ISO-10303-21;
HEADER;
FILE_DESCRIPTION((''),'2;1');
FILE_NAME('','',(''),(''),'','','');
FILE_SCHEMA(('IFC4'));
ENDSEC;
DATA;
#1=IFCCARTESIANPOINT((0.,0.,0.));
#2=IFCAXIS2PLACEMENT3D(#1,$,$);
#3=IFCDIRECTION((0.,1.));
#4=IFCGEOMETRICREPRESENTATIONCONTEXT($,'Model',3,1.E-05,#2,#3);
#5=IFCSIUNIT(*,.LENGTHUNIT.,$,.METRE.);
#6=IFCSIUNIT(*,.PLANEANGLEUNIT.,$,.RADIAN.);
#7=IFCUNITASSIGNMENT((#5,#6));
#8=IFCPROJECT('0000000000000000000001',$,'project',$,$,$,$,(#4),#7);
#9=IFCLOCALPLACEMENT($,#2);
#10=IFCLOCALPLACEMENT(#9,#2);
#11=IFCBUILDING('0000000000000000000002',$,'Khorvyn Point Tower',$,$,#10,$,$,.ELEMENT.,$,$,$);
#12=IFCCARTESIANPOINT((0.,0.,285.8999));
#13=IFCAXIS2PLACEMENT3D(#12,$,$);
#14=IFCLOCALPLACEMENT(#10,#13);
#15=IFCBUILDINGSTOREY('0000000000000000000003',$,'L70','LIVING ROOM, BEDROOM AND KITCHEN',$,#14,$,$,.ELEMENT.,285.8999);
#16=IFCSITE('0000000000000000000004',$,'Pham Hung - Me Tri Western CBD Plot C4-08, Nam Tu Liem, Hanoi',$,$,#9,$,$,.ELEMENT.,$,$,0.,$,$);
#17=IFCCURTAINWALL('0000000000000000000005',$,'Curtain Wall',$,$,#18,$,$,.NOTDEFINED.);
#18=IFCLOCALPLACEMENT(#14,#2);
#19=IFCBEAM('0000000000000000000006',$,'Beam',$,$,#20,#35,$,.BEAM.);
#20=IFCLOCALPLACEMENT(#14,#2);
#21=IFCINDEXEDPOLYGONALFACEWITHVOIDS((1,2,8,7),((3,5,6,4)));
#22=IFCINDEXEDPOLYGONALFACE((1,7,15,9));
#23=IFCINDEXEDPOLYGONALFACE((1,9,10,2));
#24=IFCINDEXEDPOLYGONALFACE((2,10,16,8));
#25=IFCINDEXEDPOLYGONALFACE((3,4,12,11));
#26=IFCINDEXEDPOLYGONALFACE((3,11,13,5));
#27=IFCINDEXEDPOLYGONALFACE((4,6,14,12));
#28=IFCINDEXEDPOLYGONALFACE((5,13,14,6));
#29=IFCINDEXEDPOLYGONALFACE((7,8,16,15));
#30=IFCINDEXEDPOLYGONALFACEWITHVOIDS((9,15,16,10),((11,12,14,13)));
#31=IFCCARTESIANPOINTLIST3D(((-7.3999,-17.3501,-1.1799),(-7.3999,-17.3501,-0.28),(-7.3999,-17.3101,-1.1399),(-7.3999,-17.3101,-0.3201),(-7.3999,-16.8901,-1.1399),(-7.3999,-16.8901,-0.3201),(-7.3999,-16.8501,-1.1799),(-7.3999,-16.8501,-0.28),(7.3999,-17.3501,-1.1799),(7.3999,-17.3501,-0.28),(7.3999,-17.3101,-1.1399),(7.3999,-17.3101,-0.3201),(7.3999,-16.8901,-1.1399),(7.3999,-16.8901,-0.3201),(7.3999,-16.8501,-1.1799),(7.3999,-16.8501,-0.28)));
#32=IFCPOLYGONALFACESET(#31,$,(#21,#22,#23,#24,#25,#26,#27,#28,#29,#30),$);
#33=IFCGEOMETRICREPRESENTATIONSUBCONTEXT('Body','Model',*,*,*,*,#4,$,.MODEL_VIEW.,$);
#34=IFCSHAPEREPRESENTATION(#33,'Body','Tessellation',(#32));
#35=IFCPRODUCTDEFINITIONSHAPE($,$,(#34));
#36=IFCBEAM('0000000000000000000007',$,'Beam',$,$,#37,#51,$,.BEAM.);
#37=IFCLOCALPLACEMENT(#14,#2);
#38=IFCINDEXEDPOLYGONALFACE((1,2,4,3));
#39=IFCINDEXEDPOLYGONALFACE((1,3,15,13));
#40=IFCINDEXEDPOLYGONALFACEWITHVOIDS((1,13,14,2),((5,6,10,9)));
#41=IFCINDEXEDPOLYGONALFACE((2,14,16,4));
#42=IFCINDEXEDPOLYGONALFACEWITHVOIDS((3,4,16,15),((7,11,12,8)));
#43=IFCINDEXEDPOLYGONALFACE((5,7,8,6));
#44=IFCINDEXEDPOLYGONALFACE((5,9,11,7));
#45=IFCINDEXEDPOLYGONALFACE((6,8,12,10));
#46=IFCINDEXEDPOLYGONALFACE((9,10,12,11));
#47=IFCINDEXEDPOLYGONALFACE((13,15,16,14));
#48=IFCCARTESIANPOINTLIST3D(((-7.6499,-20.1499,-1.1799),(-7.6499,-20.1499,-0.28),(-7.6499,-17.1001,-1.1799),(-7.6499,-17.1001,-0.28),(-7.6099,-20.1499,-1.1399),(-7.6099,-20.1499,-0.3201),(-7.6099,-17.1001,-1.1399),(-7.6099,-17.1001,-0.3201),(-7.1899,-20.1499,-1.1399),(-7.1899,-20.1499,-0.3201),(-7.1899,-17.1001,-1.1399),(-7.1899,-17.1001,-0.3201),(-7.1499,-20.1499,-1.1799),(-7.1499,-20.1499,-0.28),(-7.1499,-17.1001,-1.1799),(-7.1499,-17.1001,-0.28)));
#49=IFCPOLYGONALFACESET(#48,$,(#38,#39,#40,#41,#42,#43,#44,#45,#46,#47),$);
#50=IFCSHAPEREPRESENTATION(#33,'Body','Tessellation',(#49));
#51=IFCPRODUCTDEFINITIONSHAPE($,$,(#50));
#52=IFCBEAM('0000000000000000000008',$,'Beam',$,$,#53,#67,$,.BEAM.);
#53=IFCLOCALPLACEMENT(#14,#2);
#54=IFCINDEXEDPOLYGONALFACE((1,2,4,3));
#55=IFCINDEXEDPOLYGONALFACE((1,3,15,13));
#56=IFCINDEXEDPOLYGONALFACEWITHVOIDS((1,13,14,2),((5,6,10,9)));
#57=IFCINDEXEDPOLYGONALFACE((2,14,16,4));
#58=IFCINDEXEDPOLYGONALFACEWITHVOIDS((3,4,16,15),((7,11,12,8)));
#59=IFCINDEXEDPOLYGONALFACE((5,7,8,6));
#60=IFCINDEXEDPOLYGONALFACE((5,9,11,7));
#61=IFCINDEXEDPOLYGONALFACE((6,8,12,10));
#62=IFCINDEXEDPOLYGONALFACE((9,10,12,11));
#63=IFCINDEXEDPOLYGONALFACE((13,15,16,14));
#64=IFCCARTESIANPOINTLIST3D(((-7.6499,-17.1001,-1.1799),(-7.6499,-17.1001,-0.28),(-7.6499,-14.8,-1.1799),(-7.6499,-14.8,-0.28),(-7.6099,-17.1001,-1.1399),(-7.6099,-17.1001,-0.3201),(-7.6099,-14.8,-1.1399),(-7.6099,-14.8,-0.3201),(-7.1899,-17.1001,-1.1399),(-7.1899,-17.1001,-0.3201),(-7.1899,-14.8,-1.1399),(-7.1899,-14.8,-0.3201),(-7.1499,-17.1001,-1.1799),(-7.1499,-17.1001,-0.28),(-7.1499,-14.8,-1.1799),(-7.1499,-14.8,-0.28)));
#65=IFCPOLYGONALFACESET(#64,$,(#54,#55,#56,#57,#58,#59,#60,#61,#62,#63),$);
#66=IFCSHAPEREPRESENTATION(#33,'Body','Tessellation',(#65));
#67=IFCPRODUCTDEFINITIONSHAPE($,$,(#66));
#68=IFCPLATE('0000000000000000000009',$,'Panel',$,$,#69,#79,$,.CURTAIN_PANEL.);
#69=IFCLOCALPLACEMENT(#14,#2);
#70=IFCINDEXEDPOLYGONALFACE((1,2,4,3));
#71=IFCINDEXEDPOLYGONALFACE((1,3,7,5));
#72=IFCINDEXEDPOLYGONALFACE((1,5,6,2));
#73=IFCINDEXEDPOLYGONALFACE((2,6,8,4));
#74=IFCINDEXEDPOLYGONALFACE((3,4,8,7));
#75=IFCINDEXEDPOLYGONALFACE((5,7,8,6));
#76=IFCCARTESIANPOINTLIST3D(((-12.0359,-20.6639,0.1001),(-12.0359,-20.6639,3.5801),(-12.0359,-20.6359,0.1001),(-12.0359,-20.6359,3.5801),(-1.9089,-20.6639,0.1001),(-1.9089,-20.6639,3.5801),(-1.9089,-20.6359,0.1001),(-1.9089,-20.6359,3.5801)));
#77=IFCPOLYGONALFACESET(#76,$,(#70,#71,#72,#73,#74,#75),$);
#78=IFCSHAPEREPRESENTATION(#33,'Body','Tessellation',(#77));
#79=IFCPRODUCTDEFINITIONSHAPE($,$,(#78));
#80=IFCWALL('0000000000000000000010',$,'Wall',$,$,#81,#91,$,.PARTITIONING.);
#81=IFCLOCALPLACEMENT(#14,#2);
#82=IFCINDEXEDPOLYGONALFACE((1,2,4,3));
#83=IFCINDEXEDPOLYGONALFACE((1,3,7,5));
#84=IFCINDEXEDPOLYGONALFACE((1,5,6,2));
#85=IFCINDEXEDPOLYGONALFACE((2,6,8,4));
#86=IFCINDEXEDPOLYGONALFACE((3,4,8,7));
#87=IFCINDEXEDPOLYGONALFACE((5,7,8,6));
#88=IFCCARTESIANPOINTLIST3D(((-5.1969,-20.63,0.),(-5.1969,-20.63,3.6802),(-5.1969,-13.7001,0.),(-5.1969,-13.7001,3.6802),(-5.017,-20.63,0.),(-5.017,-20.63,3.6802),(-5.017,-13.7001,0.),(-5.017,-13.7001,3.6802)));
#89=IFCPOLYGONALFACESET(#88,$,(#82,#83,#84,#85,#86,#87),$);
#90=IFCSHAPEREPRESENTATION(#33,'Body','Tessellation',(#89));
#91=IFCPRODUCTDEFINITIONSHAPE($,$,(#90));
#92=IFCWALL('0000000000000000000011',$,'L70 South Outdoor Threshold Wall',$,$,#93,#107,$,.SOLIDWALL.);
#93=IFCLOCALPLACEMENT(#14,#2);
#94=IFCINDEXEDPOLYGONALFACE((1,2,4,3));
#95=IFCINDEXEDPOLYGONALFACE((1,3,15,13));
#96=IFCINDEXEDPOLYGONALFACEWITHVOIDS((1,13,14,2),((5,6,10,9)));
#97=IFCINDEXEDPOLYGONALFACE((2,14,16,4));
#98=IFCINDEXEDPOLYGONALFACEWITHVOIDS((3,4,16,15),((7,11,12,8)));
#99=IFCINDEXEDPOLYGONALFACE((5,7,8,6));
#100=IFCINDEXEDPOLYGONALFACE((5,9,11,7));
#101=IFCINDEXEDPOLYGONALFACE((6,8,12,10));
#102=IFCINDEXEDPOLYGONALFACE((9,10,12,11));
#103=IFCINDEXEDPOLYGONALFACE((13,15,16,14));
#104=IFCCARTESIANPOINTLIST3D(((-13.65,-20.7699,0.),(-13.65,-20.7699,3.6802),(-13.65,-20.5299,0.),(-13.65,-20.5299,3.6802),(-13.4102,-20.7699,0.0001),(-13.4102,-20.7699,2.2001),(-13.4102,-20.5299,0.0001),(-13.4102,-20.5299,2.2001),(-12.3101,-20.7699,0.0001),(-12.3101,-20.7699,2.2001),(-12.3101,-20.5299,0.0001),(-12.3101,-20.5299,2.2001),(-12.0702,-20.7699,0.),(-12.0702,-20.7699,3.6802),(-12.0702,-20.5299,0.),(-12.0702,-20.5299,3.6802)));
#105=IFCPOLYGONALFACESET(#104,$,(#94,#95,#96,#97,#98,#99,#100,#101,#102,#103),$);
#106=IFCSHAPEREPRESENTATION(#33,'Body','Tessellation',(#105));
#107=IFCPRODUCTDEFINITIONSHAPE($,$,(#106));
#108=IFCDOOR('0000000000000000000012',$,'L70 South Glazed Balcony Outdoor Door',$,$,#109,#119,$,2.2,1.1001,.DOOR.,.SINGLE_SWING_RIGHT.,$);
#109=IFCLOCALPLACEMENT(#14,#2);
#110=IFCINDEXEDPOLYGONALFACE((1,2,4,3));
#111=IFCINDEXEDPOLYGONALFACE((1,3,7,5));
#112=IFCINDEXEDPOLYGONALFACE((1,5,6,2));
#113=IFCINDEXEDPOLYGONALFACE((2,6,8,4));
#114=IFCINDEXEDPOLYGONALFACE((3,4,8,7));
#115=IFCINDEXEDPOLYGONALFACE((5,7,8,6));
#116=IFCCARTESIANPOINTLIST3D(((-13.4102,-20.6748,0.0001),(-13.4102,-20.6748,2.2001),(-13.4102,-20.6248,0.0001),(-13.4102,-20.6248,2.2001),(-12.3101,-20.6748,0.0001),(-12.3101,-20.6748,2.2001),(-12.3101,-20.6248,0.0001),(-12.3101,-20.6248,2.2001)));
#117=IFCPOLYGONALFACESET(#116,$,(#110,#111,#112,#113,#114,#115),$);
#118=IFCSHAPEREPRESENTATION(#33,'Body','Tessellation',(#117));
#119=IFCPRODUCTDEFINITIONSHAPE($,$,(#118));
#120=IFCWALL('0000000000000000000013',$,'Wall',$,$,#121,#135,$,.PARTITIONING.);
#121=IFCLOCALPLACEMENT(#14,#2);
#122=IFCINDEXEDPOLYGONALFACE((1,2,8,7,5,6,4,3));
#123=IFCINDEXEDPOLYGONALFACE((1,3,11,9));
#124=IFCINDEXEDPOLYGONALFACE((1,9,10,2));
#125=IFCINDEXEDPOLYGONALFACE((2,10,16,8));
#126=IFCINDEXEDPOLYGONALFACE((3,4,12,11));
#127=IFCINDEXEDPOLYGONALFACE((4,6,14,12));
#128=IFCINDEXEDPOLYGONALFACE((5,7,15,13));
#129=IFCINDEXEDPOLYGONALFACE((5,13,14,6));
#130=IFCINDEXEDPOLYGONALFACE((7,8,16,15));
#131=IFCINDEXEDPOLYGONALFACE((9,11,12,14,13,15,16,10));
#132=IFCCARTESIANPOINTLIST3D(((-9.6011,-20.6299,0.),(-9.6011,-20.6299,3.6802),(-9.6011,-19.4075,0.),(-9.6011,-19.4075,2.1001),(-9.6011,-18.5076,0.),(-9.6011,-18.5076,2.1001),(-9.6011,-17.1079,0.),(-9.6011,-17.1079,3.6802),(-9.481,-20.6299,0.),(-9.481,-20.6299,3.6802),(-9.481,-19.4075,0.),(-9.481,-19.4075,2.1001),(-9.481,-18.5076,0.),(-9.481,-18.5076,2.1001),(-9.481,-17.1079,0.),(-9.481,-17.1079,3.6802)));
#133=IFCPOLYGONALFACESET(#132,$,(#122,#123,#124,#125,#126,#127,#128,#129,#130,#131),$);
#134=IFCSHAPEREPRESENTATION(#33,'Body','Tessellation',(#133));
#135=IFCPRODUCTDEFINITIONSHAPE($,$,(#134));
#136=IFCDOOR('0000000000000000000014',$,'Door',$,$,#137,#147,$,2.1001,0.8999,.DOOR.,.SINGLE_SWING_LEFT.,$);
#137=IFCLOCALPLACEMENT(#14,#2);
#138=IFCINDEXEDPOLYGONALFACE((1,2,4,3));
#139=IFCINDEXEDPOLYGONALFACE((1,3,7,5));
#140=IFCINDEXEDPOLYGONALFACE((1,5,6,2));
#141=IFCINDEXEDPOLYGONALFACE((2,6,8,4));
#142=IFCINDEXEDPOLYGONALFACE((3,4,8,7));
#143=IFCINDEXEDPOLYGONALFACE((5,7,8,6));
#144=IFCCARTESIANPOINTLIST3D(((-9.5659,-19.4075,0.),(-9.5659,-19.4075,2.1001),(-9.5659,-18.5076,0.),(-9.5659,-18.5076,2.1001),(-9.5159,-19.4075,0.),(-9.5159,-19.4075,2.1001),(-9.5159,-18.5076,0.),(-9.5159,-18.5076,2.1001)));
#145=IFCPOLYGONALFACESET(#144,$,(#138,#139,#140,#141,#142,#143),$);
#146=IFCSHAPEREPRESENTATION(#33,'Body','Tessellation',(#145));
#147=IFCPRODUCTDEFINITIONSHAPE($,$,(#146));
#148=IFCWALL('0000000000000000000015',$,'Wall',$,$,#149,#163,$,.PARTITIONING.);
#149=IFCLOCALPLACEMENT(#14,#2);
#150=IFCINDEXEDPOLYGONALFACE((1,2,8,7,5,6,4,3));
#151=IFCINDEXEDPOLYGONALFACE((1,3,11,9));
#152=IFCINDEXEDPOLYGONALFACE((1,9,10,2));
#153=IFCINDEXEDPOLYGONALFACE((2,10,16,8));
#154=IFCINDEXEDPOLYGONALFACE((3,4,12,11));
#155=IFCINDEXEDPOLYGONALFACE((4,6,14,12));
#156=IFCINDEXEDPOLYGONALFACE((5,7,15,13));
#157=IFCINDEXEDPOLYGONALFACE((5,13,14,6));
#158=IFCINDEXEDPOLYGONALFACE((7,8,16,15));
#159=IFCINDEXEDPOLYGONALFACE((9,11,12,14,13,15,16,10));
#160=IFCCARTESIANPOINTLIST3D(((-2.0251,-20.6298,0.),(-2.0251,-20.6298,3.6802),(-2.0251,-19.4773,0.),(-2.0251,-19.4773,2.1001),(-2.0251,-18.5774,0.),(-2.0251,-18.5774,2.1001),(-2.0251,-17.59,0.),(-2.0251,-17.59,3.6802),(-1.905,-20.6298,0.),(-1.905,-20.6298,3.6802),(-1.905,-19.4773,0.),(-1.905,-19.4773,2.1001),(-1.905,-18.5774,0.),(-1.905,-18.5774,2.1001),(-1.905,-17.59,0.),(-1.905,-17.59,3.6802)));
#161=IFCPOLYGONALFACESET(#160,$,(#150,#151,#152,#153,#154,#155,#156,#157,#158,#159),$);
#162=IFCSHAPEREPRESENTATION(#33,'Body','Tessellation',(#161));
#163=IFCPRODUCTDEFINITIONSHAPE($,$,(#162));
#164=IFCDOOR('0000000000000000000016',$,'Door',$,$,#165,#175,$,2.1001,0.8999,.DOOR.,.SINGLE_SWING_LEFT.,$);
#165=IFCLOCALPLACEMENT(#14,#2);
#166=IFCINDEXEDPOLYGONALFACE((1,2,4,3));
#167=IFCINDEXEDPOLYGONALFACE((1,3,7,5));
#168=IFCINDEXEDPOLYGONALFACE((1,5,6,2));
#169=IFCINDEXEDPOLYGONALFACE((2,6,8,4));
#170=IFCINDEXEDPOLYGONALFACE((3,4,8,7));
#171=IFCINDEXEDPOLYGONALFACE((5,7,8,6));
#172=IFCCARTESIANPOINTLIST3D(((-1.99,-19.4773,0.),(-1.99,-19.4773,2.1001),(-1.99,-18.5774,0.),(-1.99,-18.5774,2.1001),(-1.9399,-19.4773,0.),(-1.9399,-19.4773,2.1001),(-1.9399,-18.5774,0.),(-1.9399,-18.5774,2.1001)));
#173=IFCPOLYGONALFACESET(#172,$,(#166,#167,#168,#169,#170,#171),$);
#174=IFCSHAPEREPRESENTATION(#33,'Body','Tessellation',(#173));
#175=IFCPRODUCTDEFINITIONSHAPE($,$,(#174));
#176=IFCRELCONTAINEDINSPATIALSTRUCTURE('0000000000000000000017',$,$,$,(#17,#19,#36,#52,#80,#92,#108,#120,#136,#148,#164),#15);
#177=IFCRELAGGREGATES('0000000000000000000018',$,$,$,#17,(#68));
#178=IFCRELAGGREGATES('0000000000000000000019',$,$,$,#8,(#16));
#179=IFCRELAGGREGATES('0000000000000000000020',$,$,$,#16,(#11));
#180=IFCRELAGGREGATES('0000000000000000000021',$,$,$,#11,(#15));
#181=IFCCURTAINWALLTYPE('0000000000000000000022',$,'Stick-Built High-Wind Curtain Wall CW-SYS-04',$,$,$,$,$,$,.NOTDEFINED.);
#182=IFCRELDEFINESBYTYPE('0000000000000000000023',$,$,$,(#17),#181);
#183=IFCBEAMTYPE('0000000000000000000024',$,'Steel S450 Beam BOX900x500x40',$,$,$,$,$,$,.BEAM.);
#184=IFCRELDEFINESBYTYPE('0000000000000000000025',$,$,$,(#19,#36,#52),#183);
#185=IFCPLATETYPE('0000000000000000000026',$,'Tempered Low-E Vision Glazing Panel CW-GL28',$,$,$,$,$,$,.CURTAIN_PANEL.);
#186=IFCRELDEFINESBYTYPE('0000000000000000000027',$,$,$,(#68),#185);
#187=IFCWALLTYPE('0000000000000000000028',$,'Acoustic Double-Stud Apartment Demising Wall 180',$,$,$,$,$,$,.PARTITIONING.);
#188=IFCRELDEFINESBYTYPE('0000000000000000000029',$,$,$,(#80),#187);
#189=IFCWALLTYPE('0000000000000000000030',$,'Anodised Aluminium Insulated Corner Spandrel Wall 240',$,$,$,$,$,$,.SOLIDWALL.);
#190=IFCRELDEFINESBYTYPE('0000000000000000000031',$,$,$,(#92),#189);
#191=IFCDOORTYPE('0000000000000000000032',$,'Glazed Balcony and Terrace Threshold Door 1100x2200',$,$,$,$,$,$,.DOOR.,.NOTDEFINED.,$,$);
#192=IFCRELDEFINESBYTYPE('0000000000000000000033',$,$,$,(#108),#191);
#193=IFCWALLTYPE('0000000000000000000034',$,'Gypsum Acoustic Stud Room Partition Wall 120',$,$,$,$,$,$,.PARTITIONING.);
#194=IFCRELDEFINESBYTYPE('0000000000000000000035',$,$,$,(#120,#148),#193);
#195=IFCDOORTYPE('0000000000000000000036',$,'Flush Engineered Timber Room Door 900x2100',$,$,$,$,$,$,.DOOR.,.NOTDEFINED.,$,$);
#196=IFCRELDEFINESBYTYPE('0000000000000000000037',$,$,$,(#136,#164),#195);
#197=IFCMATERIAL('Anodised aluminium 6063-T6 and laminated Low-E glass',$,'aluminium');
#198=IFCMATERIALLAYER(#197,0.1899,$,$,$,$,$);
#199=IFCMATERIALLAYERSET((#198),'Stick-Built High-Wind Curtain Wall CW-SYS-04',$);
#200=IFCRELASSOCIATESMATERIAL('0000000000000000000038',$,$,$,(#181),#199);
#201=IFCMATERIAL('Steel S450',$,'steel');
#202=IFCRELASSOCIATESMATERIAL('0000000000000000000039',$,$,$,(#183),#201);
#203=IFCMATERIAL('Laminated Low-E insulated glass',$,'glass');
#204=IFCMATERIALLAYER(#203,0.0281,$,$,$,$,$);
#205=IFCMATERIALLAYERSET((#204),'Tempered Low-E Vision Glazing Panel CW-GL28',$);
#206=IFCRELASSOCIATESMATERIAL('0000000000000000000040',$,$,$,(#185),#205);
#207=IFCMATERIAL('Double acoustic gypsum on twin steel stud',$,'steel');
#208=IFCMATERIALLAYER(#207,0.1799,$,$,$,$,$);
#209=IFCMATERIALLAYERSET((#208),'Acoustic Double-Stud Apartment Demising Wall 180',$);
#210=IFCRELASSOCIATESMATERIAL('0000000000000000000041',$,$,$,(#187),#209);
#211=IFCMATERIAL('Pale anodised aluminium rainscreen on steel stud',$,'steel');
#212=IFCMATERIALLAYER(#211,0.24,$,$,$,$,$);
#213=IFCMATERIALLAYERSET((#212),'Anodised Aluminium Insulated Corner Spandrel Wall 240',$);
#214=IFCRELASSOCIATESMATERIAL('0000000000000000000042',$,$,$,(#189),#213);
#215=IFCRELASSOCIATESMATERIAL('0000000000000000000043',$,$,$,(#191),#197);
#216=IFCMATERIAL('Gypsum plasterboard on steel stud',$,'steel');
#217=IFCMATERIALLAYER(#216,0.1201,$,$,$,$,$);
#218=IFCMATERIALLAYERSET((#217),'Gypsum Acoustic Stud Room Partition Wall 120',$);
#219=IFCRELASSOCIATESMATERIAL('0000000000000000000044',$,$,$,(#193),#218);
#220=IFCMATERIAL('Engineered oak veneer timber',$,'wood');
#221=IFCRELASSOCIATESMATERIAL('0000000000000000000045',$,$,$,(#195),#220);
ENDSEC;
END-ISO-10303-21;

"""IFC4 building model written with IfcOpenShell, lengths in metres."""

from ifc_helpers import new_model, si_unit, direction, frame, frame_2d, origin, origin_2d, place, context, subcontext, project, spatial, rectangle, hollow_rectangle, extrude, material, layer, layer_set, material_profile, profile_set, type_object, element, fill, aggregate, save


model = new_model("IFC4")

# Units and contexts
model_context = context("Model", 3, precision=1e-05, world=origin(), true_north=direction((0.0, 1.0)))
body_context = subcontext(model_context, "Body", "Model", "MODEL_VIEW")
ifc_project = project(units=[si_unit("LENGTHUNIT", "METRE"), si_unit("PLANEANGLEUNIT", "RADIAN")], contexts=[model_context])

# Site, building, storey
site_placement = place(None, origin())
site = spatial("IfcSite", under=ifc_project, at=site_placement, Name="Pham Hung - Me Tri Western CBD Plot C4-08, Nam Tu Liem, Hanoi", CompositionType="ELEMENT", RefElevation=0.0)
building_placement = place(site_placement, origin())
building = spatial("IfcBuilding", under=site, at=building_placement, Name="Khorvyn Point Tower", CompositionType="ELEMENT")
storey_placement = place(building_placement, frame((0.0, 0.0, 285.8999)))
storey = spatial("IfcBuildingStorey", under=building, at=storey_placement, Name="L70", Description="LIVING ROOM, BEDROOM AND KITCHEN", CompositionType="ELEMENT", Elevation=285.8999)

# Shared definitions
ifc_material_1 = material(Name="Steel S450", Category="steel")

# Curtain wall
ifc_material_2 = material(Name="Anodised aluminium 6063-T6 and laminated Low-E glass", Category="aluminium")
ifc_layer_1 = layer(ifc_material_2, 0.1899)
ifc_layer_set_1 = layer_set([ifc_layer_1], Name="Stick-Built High-Wind Curtain Wall CW-SYS-04")
curtain_wall_type = type_object("IfcCurtainWallType", Name="Stick-Built High-Wind Curtain Wall CW-SYS-04", PredefinedType="NOTDEFINED", material=ifc_layer_set_1)
curtain_wall_1_placement = place(storey_placement, origin())
curtain_wall_1 = element("IfcCurtainWall", 1, at=curtain_wall_1_placement, inside=storey, type_object=curtain_wall_type, Name="Curtain Wall", PredefinedType="NOTDEFINED")

# Beams
ifc_material_profile_1 = material_profile(ifc_material_1, hollow_rectangle(XDim=0.5, YDim=0.8999, WallThickness=0.04, at=origin_2d()))
ifc_profile_set_1 = profile_set([ifc_material_profile_1], Name="Steel S450 BOX900x500x40")
beam_type_1 = type_object("IfcBeamType", Name="Steel S450 Beam BOX900x500x40", PredefinedType="BEAM", material=ifc_profile_set_1)
beam_1_placement = place(storey_placement, frame((-7.3999, -17.1001, -0.73), z_axis=(1.0, 0.0, 0.0), x_axis=(0.0, 1.0, 0.0)))
element("IfcBeam", 2, at=beam_1_placement, inside=storey, type_object=beam_type_1, Name="Beam", PredefinedType="BEAM", context=body_context, shape_type="SweptSolid", body=[
    extrude(hollow_rectangle(XDim=0.5, YDim=0.8999, WallThickness=0.04, at=origin_2d()), origin(), (0.0, 0.0, 1.0), 14.7998),
])
beam_2_placement = place(storey_placement, frame((-7.3999, -20.1499, -0.73), z_axis=(0.0, 1.0, 0.0), x_axis=(-1.0, 0.0, 0.0)))
element("IfcBeam", 3, at=beam_2_placement, inside=storey, type_object=beam_type_1, Name="Beam", PredefinedType="BEAM", context=body_context, shape_type="SweptSolid", body=[
    extrude(hollow_rectangle(XDim=0.5, YDim=0.8999, WallThickness=0.04, at=origin_2d()), origin(), (0.0, 0.0, 1.0), 3.0498),
])
beam_3_placement = place(storey_placement, frame((-7.3999, -17.1001, -0.73), z_axis=(0.0, 1.0, 0.0), x_axis=(-1.0, 0.0, 0.0)))
element("IfcBeam", 4, at=beam_3_placement, inside=storey, type_object=beam_type_1, Name="Beam", PredefinedType="BEAM", context=body_context, shape_type="SweptSolid", body=[
    extrude(hollow_rectangle(XDim=0.5, YDim=0.8999, WallThickness=0.04, at=origin_2d()), origin(), (0.0, 0.0, 1.0), 2.3),
])

# Plate
ifc_material_3 = material(Name="Laminated Low-E insulated glass", Category="glass")
ifc_layer_2 = layer(ifc_material_3, 0.0281)
ifc_layer_set_2 = layer_set([ifc_layer_2], Name="Tempered Low-E Vision Glazing Panel CW-GL28")
plate_type = type_object("IfcPlateType", Name="Tempered Low-E Vision Glazing Panel CW-GL28", PredefinedType="CURTAIN_PANEL", material=ifc_layer_set_2)
plate_placement = place(storey_placement, frame((-6.9724, -20.6499, 0.1001), z_axis=(0.0, 0.0, 1.0), x_axis=(-1.0, 0.0, 0.0)))
plate = element("IfcPlate", 5, at=plate_placement, type_object=plate_type, Name="Panel", PredefinedType="CURTAIN_PANEL", context=body_context, shape_type="SweptSolid", body=[
    extrude(rectangle(XDim=10.127, YDim=0.0281, at=origin_2d()), origin(), (0.0, 0.0, 1.0), 3.48),
])
aggregate(curtain_wall_1, [plate])

# Wall
ifc_material_4 = material(Name="Double acoustic gypsum on twin steel stud", Category="steel")
ifc_layer_3 = layer(ifc_material_4, 0.1799)
ifc_layer_set_3 = layer_set([ifc_layer_3], Name="Acoustic Double-Stud Apartment Demising Wall 180")
wall_type_1 = type_object("IfcWallType", Name="Acoustic Double-Stud Apartment Demising Wall 180", PredefinedType="PARTITIONING", material=ifc_layer_set_3)
wall_1_placement = place(storey_placement, frame((-5.1069, -20.6299, 0.0), z_axis=(0.0, 0.0, 1.0), x_axis=(0.0, 1.0, 0.0)))
element("IfcWall", 6, at=wall_1_placement, inside=storey, type_object=wall_type_1, Name="Wall", PredefinedType="PARTITIONING", context=body_context, shape_type="SweptSolid", body=[
    extrude(rectangle(XDim=6.9299, YDim=0.1799, at=frame_2d((3.4648, 0.0))), origin(), (0.0, 0.0, 1.0), 3.6802),
])

# Walls, openings, doors
ifc_material_5 = material(Name="Pale anodised aluminium rainscreen on steel stud", Category="steel")
ifc_layer_4 = layer(ifc_material_5, 0.24)
ifc_layer_set_4 = layer_set([ifc_layer_4], Name="Anodised Aluminium Insulated Corner Spandrel Wall 240")
wall_type_2 = type_object("IfcWallType", Name="Anodised Aluminium Insulated Corner Spandrel Wall 240", PredefinedType="SOLIDWALL", material=ifc_layer_set_4)
wall_2_placement = place(storey_placement, frame((-12.0701, -20.6499, 0.0), z_axis=(0.0, 0.0, 1.0), x_axis=(-1.0, 0.0, 0.0)))
wall_2 = element("IfcWall", 7, at=wall_2_placement, inside=storey, type_object=wall_type_2, Name="L70 South Outdoor Threshold Wall", PredefinedType="SOLIDWALL", context=body_context, shape_type="SweptSolid", body=[
    extrude(rectangle(XDim=1.5798, YDim=0.24, at=frame_2d((0.79, 0.0))), origin(), (0.0, 0.0, 1.0), 3.6802),
])
opening_1_placement = place(wall_2_placement, frame((0.24, 0.0, 0.0)))
opening_1 = element("IfcOpeningElement", 8, at=opening_1_placement, cuts=wall_2, PredefinedType="OPENING", context=body_context, shape_type="SweptSolid", body=[
    extrude(rectangle(XDim=1.1001, YDim=2.2, at=frame_2d((0.55, 1.1001))), frame((0.0, 0.1299, 0.0), z_axis=(0.0, -1.0, 0.0), x_axis=(1.0, 0.0, 0.0)), (0.0, 0.0, 1.0), 0.26),
])
door_type_1 = type_object("IfcDoorType", Name="Glazed Balcony and Terrace Threshold Door 1100x2200", OperationType="NOTDEFINED", PredefinedType="DOOR", material=ifc_material_2)
door_1_placement = place(opening_1_placement, origin())
door_1 = element("IfcDoor", 9, at=door_1_placement, inside=storey, type_object=door_type_1, Name="L70 South Glazed Balcony Outdoor Door", OperationType="SINGLE_SWING_RIGHT", OverallHeight=2.2, OverallWidth=1.1001, PredefinedType="DOOR", context=body_context, shape_type="SweptSolid", body=[
    extrude(rectangle(XDim=1.1001, YDim=2.2, at=frame_2d((0.55, 1.1001))), frame((0.0, 0.0249, 0.0), z_axis=(0.0, -1.0, 0.0), x_axis=(1.0, 0.0, 0.0)), (0.0, 0.0, 1.0), 0.05),
])
fill(opening_1, door_1)
ifc_material_6 = material(Name="Gypsum plasterboard on steel stud", Category="steel")
ifc_layer_5 = layer(ifc_material_6, 0.1201)
ifc_layer_set_5 = layer_set([ifc_layer_5], Name="Gypsum Acoustic Stud Room Partition Wall 120")
wall_type_3 = type_object("IfcWallType", Name="Gypsum Acoustic Stud Room Partition Wall 120", PredefinedType="PARTITIONING", material=ifc_layer_set_5)
wall_3_placement = place(storey_placement, frame((-9.541, -20.6299, 0.0), z_axis=(0.0, 0.0, 1.0), x_axis=(0.0, 1.0, 0.0)))
wall_3 = element("IfcWall", 10, at=wall_3_placement, inside=storey, type_object=wall_type_3, Name="Wall", PredefinedType="PARTITIONING", context=body_context, shape_type="SweptSolid", body=[
    extrude(rectangle(XDim=3.522, YDim=0.1201, at=frame_2d((1.761, 0.0))), origin(), (0.0, 0.0, 1.0), 3.6802),
])
opening_2_placement = place(wall_3_placement, frame((1.2224, 0.0, 0.0)))
opening_2 = element("IfcOpeningElement", 11, at=opening_2_placement, cuts=wall_3, PredefinedType="OPENING", context=body_context, shape_type="SweptSolid", body=[
    extrude(rectangle(XDim=0.8999, YDim=2.1001, at=frame_2d((0.45, 1.05))), frame((0.0, 0.0701, 0.0), z_axis=(0.0, -1.0, 0.0), x_axis=(1.0, 0.0, 0.0)), (0.0, 0.0, 1.0), 0.1401),
])
ifc_material_7 = material(Name="Engineered oak veneer timber", Category="wood")
door_type_2 = type_object("IfcDoorType", Name="Flush Engineered Timber Room Door 900x2100", OperationType="NOTDEFINED", PredefinedType="DOOR", material=ifc_material_7)
door_2_placement = place(opening_2_placement, origin())
door_2 = element("IfcDoor", 12, at=door_2_placement, inside=storey, type_object=door_type_2, Name="Door", OperationType="SINGLE_SWING_LEFT", OverallHeight=2.1001, OverallWidth=0.8999, PredefinedType="DOOR", context=body_context, shape_type="SweptSolid", body=[
    extrude(rectangle(XDim=0.8999, YDim=2.1001, at=frame_2d((0.45, 1.05))), frame((0.0, 0.0249, 0.0), z_axis=(0.0, -1.0, 0.0), x_axis=(1.0, 0.0, 0.0)), (0.0, 0.0, 1.0), 0.05),
])
fill(opening_2, door_2)
wall_4_placement = place(storey_placement, frame((-1.9651, -20.6299, 0.0), z_axis=(0.0, 0.0, 1.0), x_axis=(0.0, 1.0, 0.0)))
wall_4 = element("IfcWall", 13, at=wall_4_placement, inside=storey, type_object=wall_type_3, Name="Wall", PredefinedType="PARTITIONING", context=body_context, shape_type="SweptSolid", body=[
    extrude(rectangle(XDim=3.0398, YDim=0.1201, at=frame_2d((1.52, 0.0))), origin(), (0.0, 0.0, 1.0), 3.6802),
])
opening_3_placement = place(wall_4_placement, frame((1.1526, 0.0, 0.0)))
opening_3 = element("IfcOpeningElement", 14, at=opening_3_placement, cuts=wall_4, PredefinedType="OPENING", context=body_context, shape_type="SweptSolid", body=[
    extrude(rectangle(XDim=0.8999, YDim=2.1001, at=frame_2d((0.45, 1.05))), frame((0.0, 0.0701, 0.0), z_axis=(0.0, -1.0, 0.0), x_axis=(1.0, 0.0, 0.0)), (0.0, 0.0, 1.0), 0.1401),
])
door_3_placement = place(opening_3_placement, origin())
door_3 = element("IfcDoor", 15, at=door_3_placement, inside=storey, type_object=door_type_2, Name="Door", OperationType="SINGLE_SWING_LEFT", OverallHeight=2.1001, OverallWidth=0.8999, PredefinedType="DOOR", context=body_context, shape_type="SweptSolid", body=[
    extrude(rectangle(XDim=0.8999, YDim=2.1001, at=frame_2d((0.45, 1.05))), frame((0.0, 0.0249, 0.0), z_axis=(0.0, -1.0, 0.0), x_axis=(1.0, 0.0, 0.0)), (0.0, 0.0, 1.0), 0.05),
])
fill(opening_3, door_3)

save(model, "model.ifc")
